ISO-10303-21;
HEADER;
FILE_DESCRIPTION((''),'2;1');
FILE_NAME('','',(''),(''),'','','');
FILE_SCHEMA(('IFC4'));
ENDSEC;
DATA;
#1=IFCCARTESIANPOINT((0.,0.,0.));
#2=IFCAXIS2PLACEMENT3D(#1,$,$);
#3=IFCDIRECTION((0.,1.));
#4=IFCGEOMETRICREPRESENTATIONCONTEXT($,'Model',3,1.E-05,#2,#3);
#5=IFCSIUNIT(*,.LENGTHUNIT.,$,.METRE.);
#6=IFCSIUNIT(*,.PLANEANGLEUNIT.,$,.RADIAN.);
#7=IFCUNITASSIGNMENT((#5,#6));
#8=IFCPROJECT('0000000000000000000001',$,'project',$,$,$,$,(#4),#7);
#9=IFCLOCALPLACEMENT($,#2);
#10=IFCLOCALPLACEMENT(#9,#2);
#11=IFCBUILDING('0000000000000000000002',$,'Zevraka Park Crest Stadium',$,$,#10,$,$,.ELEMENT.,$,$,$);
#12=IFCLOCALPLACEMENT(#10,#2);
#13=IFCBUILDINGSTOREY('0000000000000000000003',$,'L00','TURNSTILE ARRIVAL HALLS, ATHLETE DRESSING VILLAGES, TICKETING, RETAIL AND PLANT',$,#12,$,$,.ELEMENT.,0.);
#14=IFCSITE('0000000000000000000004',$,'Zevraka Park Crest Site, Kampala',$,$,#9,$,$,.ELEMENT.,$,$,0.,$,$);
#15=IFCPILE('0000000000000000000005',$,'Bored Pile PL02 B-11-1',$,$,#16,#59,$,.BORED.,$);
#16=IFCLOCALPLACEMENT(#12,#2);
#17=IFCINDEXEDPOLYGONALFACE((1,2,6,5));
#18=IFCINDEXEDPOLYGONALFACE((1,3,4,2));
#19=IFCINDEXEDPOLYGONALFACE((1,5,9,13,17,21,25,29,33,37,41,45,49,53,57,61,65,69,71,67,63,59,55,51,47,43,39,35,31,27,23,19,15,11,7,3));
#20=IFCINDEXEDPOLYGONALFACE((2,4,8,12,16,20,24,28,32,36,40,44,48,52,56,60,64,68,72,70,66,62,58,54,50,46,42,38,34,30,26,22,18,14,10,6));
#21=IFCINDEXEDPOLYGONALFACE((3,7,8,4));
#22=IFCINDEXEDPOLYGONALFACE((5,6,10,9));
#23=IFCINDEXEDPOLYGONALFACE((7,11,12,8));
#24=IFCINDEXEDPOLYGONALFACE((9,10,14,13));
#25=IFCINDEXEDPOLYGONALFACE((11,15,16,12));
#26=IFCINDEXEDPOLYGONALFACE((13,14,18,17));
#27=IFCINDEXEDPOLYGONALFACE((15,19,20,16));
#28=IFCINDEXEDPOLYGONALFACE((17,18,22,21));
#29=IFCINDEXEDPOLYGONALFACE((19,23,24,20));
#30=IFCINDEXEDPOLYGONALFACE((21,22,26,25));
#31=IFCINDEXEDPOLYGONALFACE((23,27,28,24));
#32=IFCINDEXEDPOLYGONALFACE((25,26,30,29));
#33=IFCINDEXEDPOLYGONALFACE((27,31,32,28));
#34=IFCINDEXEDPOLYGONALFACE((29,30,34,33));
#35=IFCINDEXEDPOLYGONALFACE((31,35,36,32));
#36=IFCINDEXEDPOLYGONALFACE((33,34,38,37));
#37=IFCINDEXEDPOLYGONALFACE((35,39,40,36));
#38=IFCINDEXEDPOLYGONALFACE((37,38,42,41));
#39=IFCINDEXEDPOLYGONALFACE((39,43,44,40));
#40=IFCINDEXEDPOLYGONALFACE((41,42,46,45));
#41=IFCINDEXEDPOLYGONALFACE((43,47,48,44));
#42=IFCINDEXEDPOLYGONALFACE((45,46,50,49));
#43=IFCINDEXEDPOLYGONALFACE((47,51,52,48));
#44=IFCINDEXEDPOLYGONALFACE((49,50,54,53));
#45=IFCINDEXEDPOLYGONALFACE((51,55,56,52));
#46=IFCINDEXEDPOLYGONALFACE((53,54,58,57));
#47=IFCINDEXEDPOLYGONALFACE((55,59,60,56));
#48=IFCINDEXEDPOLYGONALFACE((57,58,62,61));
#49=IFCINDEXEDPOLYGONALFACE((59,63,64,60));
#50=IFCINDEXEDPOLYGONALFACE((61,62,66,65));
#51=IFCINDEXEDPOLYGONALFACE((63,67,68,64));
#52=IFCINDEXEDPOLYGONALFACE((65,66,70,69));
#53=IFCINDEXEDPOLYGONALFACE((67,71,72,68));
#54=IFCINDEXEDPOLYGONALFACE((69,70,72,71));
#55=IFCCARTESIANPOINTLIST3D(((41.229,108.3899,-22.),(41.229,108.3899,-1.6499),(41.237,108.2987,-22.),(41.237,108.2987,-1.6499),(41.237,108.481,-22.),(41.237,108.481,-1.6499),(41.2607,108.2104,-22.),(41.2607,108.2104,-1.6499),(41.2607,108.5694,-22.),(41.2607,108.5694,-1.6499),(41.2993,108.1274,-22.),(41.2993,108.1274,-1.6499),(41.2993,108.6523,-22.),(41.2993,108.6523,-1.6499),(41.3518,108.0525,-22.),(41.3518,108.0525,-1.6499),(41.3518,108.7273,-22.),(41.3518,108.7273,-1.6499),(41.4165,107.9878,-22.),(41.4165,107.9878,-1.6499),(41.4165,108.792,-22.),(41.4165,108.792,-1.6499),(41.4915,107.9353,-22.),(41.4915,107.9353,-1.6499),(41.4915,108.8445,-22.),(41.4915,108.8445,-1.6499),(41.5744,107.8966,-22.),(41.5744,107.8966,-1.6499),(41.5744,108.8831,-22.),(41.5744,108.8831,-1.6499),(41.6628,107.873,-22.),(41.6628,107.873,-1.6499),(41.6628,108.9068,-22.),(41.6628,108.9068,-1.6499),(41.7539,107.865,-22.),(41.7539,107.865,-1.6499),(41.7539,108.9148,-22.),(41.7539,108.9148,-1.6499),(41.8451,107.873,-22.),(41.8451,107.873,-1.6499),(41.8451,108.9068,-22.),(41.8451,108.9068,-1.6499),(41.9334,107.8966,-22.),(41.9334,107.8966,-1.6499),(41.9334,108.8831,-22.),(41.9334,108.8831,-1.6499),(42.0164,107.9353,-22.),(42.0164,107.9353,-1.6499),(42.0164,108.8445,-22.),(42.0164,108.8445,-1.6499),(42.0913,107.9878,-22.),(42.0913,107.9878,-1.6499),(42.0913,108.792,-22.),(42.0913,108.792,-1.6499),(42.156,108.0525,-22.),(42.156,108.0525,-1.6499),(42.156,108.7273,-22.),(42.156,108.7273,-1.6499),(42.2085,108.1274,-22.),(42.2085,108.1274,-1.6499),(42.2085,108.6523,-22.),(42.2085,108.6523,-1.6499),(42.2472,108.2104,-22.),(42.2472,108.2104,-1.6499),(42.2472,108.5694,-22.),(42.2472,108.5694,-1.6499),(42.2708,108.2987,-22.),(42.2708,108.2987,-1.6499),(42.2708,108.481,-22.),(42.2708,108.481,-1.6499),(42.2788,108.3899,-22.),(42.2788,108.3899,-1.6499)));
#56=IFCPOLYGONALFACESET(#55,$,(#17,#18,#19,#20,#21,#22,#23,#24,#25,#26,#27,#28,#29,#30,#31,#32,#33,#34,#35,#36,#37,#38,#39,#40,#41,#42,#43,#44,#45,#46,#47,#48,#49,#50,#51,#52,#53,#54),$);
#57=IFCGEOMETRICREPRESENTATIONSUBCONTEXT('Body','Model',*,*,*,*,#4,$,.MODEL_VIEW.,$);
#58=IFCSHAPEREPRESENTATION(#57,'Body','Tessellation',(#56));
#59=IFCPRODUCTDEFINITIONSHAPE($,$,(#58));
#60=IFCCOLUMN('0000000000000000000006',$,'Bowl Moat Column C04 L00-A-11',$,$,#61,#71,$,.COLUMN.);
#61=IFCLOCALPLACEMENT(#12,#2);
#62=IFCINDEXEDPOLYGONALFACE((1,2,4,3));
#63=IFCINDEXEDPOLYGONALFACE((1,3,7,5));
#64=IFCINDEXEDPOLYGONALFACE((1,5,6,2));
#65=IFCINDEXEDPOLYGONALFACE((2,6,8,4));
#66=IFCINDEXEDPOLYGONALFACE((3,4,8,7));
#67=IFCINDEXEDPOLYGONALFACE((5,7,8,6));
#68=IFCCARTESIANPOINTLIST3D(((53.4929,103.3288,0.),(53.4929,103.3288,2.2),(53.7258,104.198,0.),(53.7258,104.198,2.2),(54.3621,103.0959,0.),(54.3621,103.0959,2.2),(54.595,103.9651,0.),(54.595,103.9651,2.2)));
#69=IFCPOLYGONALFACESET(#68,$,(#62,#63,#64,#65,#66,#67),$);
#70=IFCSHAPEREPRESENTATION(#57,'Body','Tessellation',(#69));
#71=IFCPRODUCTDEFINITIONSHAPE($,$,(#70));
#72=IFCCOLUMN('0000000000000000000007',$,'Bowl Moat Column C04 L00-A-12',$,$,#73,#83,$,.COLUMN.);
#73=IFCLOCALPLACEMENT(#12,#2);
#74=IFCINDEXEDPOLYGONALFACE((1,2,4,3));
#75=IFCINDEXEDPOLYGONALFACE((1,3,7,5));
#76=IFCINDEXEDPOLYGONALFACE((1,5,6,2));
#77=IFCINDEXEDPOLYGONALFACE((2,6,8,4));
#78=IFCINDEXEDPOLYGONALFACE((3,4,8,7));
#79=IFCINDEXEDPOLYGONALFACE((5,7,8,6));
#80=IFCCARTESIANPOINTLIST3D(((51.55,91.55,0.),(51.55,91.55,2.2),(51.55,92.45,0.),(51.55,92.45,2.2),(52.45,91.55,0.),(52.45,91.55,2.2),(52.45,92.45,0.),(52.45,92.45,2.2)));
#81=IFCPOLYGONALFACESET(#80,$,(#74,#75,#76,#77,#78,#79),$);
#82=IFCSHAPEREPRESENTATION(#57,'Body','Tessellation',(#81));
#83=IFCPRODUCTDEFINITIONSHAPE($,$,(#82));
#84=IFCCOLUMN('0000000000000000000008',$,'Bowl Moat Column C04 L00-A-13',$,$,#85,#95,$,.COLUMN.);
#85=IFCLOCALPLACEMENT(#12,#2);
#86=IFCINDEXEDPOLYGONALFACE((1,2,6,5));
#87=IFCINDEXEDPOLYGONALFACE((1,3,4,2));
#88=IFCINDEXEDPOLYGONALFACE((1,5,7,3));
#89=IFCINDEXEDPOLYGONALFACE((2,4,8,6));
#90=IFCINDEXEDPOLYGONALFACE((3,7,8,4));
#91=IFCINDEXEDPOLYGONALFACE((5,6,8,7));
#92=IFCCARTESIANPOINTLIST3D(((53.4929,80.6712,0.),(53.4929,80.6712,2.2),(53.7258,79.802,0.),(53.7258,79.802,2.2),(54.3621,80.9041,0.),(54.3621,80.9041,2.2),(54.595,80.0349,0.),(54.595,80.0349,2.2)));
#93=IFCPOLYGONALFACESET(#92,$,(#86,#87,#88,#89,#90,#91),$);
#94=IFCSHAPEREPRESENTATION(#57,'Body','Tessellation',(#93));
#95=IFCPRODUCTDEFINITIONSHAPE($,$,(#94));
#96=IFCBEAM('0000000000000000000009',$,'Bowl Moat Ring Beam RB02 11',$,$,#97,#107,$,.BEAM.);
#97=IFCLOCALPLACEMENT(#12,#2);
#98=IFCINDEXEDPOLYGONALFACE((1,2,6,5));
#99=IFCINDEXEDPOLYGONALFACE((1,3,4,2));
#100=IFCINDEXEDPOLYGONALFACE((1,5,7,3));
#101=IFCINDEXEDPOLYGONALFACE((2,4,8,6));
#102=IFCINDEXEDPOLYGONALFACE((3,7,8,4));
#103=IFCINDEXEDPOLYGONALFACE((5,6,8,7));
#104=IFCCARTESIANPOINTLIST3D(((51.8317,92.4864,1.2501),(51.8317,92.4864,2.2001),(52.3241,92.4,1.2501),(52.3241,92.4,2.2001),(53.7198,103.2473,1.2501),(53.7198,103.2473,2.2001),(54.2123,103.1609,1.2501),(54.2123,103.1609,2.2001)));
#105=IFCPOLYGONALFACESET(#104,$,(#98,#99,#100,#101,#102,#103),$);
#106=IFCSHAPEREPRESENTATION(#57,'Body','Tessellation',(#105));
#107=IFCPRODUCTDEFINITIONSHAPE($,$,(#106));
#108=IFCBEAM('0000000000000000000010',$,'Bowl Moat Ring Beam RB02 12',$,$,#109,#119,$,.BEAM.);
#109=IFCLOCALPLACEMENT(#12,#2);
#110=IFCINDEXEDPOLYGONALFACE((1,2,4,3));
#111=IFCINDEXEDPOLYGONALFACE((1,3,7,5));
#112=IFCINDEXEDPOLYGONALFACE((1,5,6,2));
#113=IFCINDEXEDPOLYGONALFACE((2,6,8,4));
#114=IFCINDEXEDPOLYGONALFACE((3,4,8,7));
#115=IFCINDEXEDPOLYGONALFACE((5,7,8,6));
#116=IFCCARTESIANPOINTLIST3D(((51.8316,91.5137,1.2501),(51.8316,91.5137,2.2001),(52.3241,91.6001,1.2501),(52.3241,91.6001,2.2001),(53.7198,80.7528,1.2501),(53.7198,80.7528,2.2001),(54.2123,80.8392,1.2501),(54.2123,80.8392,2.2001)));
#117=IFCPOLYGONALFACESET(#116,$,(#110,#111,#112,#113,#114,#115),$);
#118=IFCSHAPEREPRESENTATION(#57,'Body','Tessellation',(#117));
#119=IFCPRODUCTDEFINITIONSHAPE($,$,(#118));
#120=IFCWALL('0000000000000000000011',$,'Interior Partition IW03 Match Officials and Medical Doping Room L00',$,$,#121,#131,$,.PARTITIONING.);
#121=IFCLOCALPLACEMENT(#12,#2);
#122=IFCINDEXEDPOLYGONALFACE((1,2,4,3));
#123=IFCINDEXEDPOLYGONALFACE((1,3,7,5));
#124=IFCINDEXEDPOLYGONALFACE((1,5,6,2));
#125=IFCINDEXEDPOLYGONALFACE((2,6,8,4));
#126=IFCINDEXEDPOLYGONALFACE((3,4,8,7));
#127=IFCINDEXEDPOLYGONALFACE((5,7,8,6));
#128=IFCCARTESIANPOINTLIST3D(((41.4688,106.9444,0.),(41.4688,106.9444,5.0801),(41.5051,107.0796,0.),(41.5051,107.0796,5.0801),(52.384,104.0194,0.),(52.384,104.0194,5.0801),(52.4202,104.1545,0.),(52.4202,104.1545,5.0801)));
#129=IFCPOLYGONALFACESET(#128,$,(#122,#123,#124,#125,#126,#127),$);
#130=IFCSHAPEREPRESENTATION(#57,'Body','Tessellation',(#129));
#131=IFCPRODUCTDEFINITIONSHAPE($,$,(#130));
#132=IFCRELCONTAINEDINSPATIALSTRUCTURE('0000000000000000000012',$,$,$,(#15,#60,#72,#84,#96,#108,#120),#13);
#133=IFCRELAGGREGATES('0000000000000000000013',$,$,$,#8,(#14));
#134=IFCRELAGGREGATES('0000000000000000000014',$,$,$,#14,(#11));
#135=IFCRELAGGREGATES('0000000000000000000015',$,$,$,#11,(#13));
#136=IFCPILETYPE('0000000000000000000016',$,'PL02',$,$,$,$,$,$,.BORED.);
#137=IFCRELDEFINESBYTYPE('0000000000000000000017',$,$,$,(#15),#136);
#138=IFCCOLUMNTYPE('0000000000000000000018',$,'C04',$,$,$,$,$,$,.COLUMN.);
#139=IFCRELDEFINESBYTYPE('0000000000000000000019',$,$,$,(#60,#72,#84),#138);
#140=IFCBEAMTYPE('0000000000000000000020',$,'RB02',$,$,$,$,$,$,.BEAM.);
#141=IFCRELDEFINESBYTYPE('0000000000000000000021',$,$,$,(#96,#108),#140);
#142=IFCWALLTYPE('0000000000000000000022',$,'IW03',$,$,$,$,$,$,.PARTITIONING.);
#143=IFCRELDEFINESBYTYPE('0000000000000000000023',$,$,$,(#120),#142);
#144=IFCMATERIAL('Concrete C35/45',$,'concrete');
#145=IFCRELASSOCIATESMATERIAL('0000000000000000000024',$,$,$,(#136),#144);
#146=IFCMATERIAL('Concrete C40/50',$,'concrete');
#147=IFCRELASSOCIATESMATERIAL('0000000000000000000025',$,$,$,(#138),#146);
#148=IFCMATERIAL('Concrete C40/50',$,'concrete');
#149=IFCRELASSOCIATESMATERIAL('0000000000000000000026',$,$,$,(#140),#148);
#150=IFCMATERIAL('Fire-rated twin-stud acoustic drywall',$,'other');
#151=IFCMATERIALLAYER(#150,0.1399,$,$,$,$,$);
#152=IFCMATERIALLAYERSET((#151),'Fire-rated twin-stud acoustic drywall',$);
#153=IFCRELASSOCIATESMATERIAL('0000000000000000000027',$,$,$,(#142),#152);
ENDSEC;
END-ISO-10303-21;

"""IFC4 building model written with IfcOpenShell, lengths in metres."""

from ifc_helpers import new_model, si_unit, direction, frame, frame_2d, origin, origin_2d, place, context, subcontext, project, spatial, rectangle, circle, extrude, material, layer, layer_set, material_profile, profile_set, type_object, element, save


model = new_model("IFC4")

# Units and contexts
model_context = context("Model", 3, precision=1e-05, world=origin(), true_north=direction((0.0, 1.0)))
body_context = subcontext(model_context, "Body", "Model", "MODEL_VIEW")
ifc_project = project(units=[si_unit("LENGTHUNIT", "METRE"), si_unit("PLANEANGLEUNIT", "RADIAN")], contexts=[model_context])

# Site, building, storey
site_placement = place(None, origin())
site = spatial("IfcSite", under=ifc_project, at=site_placement, Name="Zevraka Park Crest Site, Kampala", CompositionType="ELEMENT", RefElevation=0.0)
building_placement = place(site_placement, origin())
building = spatial("IfcBuilding", under=site, at=building_placement, Name="Zevraka Park Crest Stadium", CompositionType="ELEMENT")
storey_placement = place(building_placement, origin())
storey = spatial("IfcBuildingStorey", under=building, at=storey_placement, Name="L00", Description="TURNSTILE ARRIVAL HALLS, ATHLETE DRESSING VILLAGES, TICKETING, RETAIL AND PLANT", CompositionType="ELEMENT", Elevation=0.0)

# Pile
ifc_material_1 = material(Name="Concrete C35/45", Category="concrete")
ifc_material_profile_1 = material_profile(ifc_material_1, circle(Radius=0.5249, at=origin_2d()), Name="PILE D1050")
ifc_profile_set_1 = profile_set([ifc_material_profile_1], Name="Concrete C35/45")
pile_type_1 = type_object("IfcPileType", Name="PL02", PredefinedType="BORED", material=ifc_profile_set_1)
pile_placement = place(storey_placement, frame((41.7539, 108.3899, -1.6499), z_axis=(0.0, 0.0, -1.0), x_axis=(1.0, 0.0, 0.0)))
element("IfcPile", 1, at=pile_placement, inside=storey, type_object=pile_type_1, Name="Bored Pile PL02 B-11-1", PredefinedType="BORED", context=body_context, shape_type="SweptSolid", body=[
    extrude(circle(Radius=0.5249, at=origin_2d()), origin(), (0.0, 0.0, 1.0), 20.3501),
])

# Columns
ifc_material_2 = material(Name="Concrete C40/50", Category="concrete")
ifc_material_profile_2 = material_profile(ifc_material_2, rectangle(XDim=0.8999, YDim=0.8999, at=origin_2d()), Name="RC 900x900")
ifc_profile_set_2 = profile_set([ifc_material_profile_2], Name="Concrete C40/50")
column_type = type_object("IfcColumnType", Name="C04", PredefinedType="COLUMN", material=ifc_profile_set_2)
for number, where, z_axis, x_axis, name in (
    (2, (54.0439, 103.647, 0.0), (0.0, 0.0, 1.0), (-0.965926, 0.258819, 0.0), "Bowl Moat Column C04 L00-A-11"),
    (3, (52.0, 92.0, 0.0), (0.0, 0.0, 1.0), (1.0, 0.0, 0.0), "Bowl Moat Column C04 L00-A-12"),
    (4, (54.0439, 80.353, 0.0), (0.0, 0.0, 1.0), (0.965926, 0.258819, 0.0), "Bowl Moat Column C04 L00-A-13"),
):
    element("IfcColumn", number, at=place(storey_placement, frame(where, z_axis=z_axis, x_axis=x_axis)), inside=storey, type_object=column_type, Name=name, PredefinedType="COLUMN", context=body_context, shape_type="SweptSolid", body=[
        extrude(rectangle(XDim=0.8999, YDim=0.8999, at=origin_2d()), origin(), (0.0, 0.0, 1.0), 2.2),
    ])

# Beams
ifc_material_3 = material(Name="Concrete C40/50", Category="concrete")
ifc_material_profile_3 = material_profile(ifc_material_3, rectangle(XDim=0.5, YDim=0.95, at=origin_2d()), Name="RC 950x500")
ifc_profile_set_3 = profile_set([ifc_material_profile_3], Name="Concrete C40/50")
beam_type = type_object("IfcBeamType", Name="RB02", PredefinedType="BEAM", material=ifc_profile_set_3)
for number, where, z_axis, x_axis, name in (
    (5, (53.9661, 103.2041, 1.7251), (-0.172825, -0.984952, 0.0), (0.984952, -0.172825, 0.0), "Bowl Moat Ring Beam RB02 11"),
    (6, (52.0779, 91.5569, 1.7251), (0.172825, -0.984952, 0.0), (0.984952, 0.172825, 0.0), "Bowl Moat Ring Beam RB02 12"),
):
    element("IfcBeam", number, at=place(storey_placement, frame(where, z_axis=z_axis, x_axis=x_axis)), inside=storey, type_object=beam_type, Name=name, PredefinedType="BEAM", context=body_context, shape_type="SweptSolid", body=[
        extrude(rectangle(XDim=0.5, YDim=0.95, at=origin_2d()), origin(), (0.0, 0.0, 1.0), 10.9253),
    ])

# Wall
ifc_material_4 = material(Name="Fire-rated twin-stud acoustic drywall", Category="other")
ifc_layer = layer(ifc_material_4, 0.1399)
ifc_layer_set = layer_set([ifc_layer], Name="Fire-rated twin-stud acoustic drywall")
wall_type = type_object("IfcWallType", Name="IW03", PredefinedType="PARTITIONING", material=ifc_layer_set)
wall_placement = place(storey_placement, frame((52.4021, 104.0869, 0.0), z_axis=(0.0, 0.0, 1.0), x_axis=(-0.965918, 0.25885, 0.0)))
element("IfcWall", 7, at=wall_placement, inside=storey, type_object=wall_type, Name="Interior Partition IW03 Match Officials and Medical Doping Room L00", PredefinedType="PARTITIONING", context=body_context, shape_type="SweptSolid", body=[
    extrude(rectangle(XDim=11.3003, YDim=0.1399, at=frame_2d((5.6501, 0.0))), origin(), (0.0, 0.0, 1.0), 5.0801),
])

save(model, "model.ifc")
